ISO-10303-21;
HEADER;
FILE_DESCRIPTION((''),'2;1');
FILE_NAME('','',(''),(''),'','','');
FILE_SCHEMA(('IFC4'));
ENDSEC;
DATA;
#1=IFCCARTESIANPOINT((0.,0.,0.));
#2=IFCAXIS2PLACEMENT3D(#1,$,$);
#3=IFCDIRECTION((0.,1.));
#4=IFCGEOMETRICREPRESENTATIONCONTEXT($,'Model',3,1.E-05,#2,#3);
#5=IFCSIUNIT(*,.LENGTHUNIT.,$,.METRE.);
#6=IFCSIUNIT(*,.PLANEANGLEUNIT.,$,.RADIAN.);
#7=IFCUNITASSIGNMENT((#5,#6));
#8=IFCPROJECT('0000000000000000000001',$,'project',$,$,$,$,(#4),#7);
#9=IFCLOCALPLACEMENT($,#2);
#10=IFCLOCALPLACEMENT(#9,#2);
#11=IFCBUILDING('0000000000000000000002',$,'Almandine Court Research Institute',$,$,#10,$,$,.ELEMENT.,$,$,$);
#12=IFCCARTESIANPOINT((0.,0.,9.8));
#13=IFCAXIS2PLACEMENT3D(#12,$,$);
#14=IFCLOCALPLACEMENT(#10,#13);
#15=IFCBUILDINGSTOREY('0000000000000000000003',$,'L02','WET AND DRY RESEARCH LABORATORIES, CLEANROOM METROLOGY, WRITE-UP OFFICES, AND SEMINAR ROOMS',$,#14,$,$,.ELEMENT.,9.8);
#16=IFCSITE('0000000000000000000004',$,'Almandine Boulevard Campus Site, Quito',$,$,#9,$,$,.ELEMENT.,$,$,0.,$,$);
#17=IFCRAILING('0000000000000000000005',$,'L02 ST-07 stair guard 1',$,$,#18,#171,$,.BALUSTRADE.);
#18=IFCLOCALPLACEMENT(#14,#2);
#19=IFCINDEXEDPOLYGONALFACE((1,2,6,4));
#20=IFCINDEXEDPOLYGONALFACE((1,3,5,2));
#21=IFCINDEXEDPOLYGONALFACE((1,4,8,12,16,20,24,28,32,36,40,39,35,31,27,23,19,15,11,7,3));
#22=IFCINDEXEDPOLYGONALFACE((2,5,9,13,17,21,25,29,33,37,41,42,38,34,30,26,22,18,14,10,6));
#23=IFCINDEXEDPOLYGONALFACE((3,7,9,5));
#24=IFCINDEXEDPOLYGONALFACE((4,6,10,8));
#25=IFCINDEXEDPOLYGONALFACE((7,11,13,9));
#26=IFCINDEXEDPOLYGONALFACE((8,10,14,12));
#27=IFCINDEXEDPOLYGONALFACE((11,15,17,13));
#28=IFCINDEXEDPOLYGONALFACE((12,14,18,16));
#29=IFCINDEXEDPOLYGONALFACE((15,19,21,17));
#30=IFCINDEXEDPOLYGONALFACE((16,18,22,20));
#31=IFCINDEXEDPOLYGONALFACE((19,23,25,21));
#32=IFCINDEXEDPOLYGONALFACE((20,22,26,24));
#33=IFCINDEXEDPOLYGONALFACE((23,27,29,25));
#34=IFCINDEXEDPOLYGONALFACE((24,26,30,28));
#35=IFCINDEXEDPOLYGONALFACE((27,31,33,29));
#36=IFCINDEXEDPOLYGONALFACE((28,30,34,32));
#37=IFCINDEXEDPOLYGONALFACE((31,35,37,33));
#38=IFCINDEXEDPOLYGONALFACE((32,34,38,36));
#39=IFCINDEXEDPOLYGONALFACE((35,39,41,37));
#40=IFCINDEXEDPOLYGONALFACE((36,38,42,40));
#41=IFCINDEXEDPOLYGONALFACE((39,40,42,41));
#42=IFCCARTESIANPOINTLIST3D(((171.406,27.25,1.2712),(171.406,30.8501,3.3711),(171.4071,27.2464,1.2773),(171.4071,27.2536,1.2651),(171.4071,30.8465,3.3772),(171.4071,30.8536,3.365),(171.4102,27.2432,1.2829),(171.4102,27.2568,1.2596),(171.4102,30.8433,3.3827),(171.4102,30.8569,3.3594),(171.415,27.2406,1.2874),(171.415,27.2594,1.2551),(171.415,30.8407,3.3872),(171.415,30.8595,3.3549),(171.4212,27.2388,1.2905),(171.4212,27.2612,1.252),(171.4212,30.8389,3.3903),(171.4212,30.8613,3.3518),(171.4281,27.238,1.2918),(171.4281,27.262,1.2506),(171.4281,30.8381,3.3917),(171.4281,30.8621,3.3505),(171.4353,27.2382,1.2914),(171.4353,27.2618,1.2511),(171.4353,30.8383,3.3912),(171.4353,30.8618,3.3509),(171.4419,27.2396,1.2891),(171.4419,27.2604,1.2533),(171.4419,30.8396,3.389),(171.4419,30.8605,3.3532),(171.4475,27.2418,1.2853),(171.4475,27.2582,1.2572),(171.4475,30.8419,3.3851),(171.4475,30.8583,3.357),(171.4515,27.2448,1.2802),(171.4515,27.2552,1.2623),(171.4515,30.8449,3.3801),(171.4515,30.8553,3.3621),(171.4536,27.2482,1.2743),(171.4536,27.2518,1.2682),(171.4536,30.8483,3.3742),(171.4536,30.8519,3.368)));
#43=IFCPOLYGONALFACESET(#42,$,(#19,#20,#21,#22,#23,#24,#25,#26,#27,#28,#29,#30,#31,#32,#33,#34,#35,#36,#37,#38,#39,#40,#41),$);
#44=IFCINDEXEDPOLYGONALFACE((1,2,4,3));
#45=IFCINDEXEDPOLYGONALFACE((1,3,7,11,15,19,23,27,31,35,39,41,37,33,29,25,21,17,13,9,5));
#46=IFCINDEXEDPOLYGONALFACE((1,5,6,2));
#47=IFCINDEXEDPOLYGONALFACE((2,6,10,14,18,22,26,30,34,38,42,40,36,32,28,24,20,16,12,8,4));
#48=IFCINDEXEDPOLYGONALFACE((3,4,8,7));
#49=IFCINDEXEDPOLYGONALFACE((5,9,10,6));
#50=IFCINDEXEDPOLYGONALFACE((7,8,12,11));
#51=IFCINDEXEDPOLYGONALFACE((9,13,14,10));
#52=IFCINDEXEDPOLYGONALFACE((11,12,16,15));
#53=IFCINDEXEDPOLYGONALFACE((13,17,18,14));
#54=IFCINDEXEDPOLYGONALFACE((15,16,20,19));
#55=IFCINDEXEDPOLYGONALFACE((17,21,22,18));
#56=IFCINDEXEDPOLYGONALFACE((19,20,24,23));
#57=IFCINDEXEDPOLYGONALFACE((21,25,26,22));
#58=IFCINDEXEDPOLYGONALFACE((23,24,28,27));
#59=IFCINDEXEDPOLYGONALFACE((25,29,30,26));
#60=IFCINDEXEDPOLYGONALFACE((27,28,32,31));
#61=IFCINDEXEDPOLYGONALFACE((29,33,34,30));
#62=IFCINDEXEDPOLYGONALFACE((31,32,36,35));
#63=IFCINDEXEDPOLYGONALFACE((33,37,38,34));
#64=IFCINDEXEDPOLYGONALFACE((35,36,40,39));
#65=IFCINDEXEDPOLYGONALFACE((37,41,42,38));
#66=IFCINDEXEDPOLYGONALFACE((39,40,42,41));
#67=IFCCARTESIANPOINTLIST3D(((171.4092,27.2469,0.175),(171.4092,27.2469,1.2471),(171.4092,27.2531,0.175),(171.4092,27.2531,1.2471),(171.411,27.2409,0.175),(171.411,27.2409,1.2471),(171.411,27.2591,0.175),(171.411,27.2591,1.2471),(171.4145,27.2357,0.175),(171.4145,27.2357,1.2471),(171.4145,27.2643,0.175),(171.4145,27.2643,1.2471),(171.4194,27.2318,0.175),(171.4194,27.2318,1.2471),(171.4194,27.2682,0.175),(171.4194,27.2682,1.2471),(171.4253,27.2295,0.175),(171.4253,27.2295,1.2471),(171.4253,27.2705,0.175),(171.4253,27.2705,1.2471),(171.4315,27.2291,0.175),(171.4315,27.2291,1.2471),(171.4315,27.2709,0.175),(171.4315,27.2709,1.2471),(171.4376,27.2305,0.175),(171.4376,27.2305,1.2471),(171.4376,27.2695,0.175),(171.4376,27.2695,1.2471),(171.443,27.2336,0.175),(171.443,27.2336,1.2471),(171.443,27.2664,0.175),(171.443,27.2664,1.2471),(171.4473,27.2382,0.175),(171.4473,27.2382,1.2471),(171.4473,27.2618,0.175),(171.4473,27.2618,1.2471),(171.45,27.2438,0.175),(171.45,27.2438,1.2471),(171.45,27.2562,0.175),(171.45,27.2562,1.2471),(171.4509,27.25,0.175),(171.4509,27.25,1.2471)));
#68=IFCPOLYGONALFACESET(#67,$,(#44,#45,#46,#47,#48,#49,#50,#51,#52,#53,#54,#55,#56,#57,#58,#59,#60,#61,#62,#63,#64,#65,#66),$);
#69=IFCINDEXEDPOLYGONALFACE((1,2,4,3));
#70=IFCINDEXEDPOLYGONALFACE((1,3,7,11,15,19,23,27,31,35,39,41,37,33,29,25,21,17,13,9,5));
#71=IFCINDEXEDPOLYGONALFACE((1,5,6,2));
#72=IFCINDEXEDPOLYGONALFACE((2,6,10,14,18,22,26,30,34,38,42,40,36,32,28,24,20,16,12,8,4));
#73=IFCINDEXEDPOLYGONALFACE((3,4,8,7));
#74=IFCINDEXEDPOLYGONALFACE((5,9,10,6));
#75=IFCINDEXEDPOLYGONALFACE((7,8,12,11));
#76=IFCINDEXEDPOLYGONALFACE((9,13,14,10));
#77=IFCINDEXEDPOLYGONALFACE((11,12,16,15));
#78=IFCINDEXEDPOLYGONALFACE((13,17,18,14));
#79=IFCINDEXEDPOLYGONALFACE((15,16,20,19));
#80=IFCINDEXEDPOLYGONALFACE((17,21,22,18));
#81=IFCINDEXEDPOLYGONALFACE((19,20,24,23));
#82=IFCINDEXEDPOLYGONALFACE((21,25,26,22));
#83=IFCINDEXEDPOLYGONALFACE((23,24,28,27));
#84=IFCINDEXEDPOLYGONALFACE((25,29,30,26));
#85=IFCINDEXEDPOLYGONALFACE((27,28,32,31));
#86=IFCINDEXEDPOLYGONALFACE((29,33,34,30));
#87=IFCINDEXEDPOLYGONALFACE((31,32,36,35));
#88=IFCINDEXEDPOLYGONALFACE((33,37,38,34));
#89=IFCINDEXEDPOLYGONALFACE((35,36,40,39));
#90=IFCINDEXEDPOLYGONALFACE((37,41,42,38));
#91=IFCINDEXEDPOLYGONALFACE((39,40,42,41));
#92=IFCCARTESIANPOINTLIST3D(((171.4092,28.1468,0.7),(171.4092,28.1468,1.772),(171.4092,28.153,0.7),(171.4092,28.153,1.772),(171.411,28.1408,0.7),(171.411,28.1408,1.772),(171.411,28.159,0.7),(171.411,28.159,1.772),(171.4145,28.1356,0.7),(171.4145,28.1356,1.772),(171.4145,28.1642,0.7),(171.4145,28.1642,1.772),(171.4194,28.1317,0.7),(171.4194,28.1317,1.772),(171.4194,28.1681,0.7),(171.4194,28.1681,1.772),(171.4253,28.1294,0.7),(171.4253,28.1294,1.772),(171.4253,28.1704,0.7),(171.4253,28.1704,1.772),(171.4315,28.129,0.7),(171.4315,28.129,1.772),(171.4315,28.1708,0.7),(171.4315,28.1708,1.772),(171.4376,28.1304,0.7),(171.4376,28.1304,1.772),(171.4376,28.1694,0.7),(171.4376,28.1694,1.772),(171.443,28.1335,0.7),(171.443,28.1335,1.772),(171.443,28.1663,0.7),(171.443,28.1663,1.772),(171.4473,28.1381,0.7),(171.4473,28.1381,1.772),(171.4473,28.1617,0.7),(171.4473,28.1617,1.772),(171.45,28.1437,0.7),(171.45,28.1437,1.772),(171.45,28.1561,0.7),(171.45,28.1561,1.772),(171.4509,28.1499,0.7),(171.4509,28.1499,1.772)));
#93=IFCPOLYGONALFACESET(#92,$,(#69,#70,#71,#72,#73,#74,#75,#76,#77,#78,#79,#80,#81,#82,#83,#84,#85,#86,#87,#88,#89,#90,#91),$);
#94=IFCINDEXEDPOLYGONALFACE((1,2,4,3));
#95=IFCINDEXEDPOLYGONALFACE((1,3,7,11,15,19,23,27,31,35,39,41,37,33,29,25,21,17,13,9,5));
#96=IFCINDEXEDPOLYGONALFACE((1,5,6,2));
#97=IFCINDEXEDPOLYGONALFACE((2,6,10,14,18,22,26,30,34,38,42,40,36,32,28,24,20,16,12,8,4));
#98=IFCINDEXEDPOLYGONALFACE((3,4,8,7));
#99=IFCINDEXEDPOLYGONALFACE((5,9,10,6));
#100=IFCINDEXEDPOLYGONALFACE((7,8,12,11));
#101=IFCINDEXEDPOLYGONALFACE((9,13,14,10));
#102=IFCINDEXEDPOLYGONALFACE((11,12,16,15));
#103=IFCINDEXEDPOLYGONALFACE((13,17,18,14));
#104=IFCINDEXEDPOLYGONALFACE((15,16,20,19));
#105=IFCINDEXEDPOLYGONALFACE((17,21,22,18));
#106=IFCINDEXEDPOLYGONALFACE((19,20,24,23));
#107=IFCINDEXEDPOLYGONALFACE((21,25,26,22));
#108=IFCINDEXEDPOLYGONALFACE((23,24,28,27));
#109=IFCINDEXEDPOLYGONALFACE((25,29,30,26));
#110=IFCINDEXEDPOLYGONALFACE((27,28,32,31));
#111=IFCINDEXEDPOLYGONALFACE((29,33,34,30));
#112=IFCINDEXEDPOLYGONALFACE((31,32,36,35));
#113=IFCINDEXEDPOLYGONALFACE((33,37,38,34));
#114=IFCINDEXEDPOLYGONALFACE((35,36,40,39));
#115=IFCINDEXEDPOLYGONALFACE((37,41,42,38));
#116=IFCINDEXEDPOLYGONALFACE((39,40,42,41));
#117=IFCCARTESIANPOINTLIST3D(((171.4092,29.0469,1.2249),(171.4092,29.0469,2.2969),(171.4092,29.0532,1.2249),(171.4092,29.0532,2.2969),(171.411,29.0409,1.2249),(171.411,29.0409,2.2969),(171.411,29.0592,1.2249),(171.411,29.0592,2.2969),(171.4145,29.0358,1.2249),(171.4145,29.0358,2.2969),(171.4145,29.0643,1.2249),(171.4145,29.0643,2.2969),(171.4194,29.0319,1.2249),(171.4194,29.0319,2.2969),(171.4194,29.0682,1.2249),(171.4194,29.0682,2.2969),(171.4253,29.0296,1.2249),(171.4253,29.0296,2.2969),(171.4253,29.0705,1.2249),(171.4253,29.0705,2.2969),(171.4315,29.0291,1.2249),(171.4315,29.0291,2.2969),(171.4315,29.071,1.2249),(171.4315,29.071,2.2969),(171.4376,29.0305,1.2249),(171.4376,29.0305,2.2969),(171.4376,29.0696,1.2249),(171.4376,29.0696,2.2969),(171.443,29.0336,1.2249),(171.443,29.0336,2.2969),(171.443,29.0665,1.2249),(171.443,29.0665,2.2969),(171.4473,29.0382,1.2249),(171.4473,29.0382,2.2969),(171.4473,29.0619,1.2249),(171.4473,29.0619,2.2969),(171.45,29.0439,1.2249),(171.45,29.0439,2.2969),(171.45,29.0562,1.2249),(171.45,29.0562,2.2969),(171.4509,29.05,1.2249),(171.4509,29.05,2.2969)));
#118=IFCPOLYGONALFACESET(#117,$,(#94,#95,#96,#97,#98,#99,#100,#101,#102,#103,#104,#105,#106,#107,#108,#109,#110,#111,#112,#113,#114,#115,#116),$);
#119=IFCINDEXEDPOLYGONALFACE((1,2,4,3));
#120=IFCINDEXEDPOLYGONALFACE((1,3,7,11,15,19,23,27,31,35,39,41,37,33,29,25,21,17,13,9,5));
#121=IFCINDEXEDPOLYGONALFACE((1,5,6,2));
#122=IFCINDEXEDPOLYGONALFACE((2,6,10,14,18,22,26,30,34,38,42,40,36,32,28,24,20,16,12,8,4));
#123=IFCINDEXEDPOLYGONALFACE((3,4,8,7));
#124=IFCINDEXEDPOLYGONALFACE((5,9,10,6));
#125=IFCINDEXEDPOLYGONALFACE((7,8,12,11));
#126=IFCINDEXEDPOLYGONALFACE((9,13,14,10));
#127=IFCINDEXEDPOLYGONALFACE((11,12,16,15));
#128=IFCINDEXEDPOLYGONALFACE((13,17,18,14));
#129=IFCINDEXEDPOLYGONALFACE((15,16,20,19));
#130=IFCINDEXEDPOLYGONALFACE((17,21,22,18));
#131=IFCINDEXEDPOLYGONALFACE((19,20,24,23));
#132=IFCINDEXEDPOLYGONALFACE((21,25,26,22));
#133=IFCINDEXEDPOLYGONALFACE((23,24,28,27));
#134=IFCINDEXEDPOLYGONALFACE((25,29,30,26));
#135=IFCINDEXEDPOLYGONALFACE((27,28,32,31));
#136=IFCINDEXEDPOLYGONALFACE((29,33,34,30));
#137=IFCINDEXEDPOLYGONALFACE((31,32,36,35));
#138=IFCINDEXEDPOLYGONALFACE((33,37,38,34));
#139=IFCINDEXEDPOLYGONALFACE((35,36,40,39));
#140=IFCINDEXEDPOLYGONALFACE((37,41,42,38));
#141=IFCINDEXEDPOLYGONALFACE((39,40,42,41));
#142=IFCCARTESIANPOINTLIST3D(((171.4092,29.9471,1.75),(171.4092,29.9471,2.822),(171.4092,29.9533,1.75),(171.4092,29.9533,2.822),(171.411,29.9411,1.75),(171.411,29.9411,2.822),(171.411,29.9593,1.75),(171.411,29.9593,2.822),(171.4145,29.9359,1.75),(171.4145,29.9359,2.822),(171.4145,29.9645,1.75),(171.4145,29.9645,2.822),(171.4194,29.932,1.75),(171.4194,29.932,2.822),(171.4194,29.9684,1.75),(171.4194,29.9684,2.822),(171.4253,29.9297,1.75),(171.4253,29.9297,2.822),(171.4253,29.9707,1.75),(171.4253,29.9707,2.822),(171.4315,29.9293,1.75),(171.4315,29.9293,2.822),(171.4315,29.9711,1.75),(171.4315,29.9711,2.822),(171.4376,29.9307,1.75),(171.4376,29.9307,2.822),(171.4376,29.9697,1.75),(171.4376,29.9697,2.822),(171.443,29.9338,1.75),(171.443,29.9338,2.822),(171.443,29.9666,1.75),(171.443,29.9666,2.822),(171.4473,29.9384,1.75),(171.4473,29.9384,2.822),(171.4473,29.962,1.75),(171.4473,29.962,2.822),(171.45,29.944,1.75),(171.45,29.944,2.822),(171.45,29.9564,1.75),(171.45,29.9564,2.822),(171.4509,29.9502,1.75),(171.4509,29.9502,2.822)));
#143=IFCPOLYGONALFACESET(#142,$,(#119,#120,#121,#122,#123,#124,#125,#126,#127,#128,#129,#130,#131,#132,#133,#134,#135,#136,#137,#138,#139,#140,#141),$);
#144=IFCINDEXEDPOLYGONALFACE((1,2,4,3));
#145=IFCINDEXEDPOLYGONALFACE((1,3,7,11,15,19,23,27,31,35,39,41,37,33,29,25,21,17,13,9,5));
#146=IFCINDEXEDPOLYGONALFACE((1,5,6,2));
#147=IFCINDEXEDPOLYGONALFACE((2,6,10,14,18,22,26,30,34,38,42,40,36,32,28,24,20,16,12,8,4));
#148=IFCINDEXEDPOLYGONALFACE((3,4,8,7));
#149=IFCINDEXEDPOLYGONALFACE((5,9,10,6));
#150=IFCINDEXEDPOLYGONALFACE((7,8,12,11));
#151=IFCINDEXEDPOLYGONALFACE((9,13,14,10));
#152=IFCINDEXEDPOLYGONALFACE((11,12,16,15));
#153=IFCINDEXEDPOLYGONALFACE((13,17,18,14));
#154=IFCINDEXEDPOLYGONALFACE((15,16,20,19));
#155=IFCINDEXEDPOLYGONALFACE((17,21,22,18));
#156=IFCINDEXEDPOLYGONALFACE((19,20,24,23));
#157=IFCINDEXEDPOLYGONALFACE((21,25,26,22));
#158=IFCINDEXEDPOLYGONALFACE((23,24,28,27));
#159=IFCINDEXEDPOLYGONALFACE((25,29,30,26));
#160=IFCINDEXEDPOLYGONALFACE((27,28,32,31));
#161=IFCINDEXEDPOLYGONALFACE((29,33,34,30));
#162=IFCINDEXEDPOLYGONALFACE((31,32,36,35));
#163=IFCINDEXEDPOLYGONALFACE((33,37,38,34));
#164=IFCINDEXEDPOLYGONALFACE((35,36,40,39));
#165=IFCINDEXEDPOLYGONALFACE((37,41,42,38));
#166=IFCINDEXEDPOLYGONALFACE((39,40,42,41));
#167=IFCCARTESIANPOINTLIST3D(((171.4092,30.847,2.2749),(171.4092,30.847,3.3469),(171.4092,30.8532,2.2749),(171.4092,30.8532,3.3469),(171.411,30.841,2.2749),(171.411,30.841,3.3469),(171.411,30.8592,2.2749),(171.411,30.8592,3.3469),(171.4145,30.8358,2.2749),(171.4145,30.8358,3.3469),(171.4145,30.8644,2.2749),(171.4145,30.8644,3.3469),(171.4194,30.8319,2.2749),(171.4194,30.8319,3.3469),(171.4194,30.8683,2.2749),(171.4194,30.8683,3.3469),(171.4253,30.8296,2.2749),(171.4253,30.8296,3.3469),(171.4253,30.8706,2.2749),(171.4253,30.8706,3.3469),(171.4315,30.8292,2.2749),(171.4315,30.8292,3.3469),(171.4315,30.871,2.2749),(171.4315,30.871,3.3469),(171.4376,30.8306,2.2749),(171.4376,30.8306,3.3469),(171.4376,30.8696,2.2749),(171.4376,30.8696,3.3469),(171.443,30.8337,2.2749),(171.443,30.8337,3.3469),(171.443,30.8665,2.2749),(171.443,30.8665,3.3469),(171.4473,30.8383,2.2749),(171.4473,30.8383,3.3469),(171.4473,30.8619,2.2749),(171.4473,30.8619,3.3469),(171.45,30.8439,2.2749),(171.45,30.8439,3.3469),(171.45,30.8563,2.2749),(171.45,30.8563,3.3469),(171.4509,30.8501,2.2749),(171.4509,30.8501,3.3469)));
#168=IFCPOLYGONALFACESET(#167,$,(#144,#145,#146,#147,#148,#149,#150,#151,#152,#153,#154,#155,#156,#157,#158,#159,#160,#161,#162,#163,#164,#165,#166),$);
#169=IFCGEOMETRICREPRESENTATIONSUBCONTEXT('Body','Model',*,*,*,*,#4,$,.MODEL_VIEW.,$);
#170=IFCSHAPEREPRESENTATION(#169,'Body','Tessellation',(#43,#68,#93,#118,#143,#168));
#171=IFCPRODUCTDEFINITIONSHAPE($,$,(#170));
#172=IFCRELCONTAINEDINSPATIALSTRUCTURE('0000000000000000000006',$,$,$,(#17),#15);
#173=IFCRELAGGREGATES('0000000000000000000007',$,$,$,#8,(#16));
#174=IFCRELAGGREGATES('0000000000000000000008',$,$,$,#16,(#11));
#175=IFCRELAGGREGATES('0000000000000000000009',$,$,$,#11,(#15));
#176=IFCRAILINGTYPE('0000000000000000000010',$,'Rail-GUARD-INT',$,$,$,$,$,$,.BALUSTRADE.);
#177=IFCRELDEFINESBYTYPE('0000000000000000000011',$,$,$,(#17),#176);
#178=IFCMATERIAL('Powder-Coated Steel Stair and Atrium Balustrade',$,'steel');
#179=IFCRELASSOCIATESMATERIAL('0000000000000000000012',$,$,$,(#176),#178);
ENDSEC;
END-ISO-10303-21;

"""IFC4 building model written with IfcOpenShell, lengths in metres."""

from ifc_helpers import new_model, si_unit, direction, frame, origin, origin_2d, place, context, subcontext, project, spatial, circle, extrude, material, type_object, element, save


model = new_model("IFC4")

# Units and contexts
model_context = context("Model", 3, precision=1e-05, world=origin(), true_north=direction((0.0, 1.0)))
body_context = subcontext(model_context, "Body", "Model", "MODEL_VIEW")
ifc_project = project(units=[si_unit("LENGTHUNIT", "METRE"), si_unit("PLANEANGLEUNIT", "RADIAN")], contexts=[model_context])

# Site, building, storey
site_placement = place(None, origin())
site = spatial("IfcSite", under=ifc_project, at=site_placement, Name="Almandine Boulevard Campus Site, Quito", CompositionType="ELEMENT", RefElevation=0.0)
building_placement = place(site_placement, origin())
building = spatial("IfcBuilding", under=site, at=building_placement, Name="Almandine Court Research Institute", CompositionType="ELEMENT")
storey_placement = place(building_placement, frame((0.0, 0.0, 9.8)))
storey = spatial("IfcBuildingStorey", under=building, at=storey_placement, Name="L02", Description="WET AND DRY RESEARCH LABORATORIES, CLEANROOM METROLOGY, WRITE-UP OFFICES, AND SEMINAR ROOMS", CompositionType="ELEMENT", Elevation=9.8)

# Railing
ifc_material_1 = material(Name="Powder-Coated Steel Stair and Atrium Balustrade", Category="steel")
railing_type_1 = type_object("IfcRailingType", Name="Rail-GUARD-INT", PredefinedType="BALUSTRADE", material=ifc_material_1)
railing_1_placement = place(storey_placement, frame((171.4299, 27.25, 0.175)))
element("IfcRailing", 1, at=railing_1_placement, inside=storey, type_object=railing_type_1, Name="L02 ST-07 stair guard 1", PredefinedType="BALUSTRADE", context=body_context, shape_type="SweptSolid", body=[
    extrude(circle(Radius=0.0239, at=origin_2d()), frame((0.0, 0.0, 1.0962), z_axis=(0.0, 0.8638, 0.503835), x_axis=(-1.0, 0.0, 0.0)), (0.0, 0.0, 1.0), 4.1677),
    extrude(circle(Radius=0.021, at=origin_2d()), origin(), (0.0, 0.0, 1.0), 1.072),
    extrude(circle(Radius=0.021, at=origin_2d()), frame((0.0, 0.8999, 0.5249)), (0.0, 0.0, 1.0), 1.072),
    extrude(circle(Radius=0.021, at=origin_2d()), frame((0.0, 1.8, 1.0498)), (0.0, 0.0, 1.0), 1.072),
    extrude(circle(Radius=0.021, at=origin_2d()), frame((0.0, 2.7002, 1.575)), (0.0, 0.0, 1.0), 1.072),
    extrude(circle(Radius=0.021, at=origin_2d()), frame((0.0, 3.6001, 2.0999)), (0.0, 0.0, 1.0), 1.072),
])

save(model, "model.ifc")
